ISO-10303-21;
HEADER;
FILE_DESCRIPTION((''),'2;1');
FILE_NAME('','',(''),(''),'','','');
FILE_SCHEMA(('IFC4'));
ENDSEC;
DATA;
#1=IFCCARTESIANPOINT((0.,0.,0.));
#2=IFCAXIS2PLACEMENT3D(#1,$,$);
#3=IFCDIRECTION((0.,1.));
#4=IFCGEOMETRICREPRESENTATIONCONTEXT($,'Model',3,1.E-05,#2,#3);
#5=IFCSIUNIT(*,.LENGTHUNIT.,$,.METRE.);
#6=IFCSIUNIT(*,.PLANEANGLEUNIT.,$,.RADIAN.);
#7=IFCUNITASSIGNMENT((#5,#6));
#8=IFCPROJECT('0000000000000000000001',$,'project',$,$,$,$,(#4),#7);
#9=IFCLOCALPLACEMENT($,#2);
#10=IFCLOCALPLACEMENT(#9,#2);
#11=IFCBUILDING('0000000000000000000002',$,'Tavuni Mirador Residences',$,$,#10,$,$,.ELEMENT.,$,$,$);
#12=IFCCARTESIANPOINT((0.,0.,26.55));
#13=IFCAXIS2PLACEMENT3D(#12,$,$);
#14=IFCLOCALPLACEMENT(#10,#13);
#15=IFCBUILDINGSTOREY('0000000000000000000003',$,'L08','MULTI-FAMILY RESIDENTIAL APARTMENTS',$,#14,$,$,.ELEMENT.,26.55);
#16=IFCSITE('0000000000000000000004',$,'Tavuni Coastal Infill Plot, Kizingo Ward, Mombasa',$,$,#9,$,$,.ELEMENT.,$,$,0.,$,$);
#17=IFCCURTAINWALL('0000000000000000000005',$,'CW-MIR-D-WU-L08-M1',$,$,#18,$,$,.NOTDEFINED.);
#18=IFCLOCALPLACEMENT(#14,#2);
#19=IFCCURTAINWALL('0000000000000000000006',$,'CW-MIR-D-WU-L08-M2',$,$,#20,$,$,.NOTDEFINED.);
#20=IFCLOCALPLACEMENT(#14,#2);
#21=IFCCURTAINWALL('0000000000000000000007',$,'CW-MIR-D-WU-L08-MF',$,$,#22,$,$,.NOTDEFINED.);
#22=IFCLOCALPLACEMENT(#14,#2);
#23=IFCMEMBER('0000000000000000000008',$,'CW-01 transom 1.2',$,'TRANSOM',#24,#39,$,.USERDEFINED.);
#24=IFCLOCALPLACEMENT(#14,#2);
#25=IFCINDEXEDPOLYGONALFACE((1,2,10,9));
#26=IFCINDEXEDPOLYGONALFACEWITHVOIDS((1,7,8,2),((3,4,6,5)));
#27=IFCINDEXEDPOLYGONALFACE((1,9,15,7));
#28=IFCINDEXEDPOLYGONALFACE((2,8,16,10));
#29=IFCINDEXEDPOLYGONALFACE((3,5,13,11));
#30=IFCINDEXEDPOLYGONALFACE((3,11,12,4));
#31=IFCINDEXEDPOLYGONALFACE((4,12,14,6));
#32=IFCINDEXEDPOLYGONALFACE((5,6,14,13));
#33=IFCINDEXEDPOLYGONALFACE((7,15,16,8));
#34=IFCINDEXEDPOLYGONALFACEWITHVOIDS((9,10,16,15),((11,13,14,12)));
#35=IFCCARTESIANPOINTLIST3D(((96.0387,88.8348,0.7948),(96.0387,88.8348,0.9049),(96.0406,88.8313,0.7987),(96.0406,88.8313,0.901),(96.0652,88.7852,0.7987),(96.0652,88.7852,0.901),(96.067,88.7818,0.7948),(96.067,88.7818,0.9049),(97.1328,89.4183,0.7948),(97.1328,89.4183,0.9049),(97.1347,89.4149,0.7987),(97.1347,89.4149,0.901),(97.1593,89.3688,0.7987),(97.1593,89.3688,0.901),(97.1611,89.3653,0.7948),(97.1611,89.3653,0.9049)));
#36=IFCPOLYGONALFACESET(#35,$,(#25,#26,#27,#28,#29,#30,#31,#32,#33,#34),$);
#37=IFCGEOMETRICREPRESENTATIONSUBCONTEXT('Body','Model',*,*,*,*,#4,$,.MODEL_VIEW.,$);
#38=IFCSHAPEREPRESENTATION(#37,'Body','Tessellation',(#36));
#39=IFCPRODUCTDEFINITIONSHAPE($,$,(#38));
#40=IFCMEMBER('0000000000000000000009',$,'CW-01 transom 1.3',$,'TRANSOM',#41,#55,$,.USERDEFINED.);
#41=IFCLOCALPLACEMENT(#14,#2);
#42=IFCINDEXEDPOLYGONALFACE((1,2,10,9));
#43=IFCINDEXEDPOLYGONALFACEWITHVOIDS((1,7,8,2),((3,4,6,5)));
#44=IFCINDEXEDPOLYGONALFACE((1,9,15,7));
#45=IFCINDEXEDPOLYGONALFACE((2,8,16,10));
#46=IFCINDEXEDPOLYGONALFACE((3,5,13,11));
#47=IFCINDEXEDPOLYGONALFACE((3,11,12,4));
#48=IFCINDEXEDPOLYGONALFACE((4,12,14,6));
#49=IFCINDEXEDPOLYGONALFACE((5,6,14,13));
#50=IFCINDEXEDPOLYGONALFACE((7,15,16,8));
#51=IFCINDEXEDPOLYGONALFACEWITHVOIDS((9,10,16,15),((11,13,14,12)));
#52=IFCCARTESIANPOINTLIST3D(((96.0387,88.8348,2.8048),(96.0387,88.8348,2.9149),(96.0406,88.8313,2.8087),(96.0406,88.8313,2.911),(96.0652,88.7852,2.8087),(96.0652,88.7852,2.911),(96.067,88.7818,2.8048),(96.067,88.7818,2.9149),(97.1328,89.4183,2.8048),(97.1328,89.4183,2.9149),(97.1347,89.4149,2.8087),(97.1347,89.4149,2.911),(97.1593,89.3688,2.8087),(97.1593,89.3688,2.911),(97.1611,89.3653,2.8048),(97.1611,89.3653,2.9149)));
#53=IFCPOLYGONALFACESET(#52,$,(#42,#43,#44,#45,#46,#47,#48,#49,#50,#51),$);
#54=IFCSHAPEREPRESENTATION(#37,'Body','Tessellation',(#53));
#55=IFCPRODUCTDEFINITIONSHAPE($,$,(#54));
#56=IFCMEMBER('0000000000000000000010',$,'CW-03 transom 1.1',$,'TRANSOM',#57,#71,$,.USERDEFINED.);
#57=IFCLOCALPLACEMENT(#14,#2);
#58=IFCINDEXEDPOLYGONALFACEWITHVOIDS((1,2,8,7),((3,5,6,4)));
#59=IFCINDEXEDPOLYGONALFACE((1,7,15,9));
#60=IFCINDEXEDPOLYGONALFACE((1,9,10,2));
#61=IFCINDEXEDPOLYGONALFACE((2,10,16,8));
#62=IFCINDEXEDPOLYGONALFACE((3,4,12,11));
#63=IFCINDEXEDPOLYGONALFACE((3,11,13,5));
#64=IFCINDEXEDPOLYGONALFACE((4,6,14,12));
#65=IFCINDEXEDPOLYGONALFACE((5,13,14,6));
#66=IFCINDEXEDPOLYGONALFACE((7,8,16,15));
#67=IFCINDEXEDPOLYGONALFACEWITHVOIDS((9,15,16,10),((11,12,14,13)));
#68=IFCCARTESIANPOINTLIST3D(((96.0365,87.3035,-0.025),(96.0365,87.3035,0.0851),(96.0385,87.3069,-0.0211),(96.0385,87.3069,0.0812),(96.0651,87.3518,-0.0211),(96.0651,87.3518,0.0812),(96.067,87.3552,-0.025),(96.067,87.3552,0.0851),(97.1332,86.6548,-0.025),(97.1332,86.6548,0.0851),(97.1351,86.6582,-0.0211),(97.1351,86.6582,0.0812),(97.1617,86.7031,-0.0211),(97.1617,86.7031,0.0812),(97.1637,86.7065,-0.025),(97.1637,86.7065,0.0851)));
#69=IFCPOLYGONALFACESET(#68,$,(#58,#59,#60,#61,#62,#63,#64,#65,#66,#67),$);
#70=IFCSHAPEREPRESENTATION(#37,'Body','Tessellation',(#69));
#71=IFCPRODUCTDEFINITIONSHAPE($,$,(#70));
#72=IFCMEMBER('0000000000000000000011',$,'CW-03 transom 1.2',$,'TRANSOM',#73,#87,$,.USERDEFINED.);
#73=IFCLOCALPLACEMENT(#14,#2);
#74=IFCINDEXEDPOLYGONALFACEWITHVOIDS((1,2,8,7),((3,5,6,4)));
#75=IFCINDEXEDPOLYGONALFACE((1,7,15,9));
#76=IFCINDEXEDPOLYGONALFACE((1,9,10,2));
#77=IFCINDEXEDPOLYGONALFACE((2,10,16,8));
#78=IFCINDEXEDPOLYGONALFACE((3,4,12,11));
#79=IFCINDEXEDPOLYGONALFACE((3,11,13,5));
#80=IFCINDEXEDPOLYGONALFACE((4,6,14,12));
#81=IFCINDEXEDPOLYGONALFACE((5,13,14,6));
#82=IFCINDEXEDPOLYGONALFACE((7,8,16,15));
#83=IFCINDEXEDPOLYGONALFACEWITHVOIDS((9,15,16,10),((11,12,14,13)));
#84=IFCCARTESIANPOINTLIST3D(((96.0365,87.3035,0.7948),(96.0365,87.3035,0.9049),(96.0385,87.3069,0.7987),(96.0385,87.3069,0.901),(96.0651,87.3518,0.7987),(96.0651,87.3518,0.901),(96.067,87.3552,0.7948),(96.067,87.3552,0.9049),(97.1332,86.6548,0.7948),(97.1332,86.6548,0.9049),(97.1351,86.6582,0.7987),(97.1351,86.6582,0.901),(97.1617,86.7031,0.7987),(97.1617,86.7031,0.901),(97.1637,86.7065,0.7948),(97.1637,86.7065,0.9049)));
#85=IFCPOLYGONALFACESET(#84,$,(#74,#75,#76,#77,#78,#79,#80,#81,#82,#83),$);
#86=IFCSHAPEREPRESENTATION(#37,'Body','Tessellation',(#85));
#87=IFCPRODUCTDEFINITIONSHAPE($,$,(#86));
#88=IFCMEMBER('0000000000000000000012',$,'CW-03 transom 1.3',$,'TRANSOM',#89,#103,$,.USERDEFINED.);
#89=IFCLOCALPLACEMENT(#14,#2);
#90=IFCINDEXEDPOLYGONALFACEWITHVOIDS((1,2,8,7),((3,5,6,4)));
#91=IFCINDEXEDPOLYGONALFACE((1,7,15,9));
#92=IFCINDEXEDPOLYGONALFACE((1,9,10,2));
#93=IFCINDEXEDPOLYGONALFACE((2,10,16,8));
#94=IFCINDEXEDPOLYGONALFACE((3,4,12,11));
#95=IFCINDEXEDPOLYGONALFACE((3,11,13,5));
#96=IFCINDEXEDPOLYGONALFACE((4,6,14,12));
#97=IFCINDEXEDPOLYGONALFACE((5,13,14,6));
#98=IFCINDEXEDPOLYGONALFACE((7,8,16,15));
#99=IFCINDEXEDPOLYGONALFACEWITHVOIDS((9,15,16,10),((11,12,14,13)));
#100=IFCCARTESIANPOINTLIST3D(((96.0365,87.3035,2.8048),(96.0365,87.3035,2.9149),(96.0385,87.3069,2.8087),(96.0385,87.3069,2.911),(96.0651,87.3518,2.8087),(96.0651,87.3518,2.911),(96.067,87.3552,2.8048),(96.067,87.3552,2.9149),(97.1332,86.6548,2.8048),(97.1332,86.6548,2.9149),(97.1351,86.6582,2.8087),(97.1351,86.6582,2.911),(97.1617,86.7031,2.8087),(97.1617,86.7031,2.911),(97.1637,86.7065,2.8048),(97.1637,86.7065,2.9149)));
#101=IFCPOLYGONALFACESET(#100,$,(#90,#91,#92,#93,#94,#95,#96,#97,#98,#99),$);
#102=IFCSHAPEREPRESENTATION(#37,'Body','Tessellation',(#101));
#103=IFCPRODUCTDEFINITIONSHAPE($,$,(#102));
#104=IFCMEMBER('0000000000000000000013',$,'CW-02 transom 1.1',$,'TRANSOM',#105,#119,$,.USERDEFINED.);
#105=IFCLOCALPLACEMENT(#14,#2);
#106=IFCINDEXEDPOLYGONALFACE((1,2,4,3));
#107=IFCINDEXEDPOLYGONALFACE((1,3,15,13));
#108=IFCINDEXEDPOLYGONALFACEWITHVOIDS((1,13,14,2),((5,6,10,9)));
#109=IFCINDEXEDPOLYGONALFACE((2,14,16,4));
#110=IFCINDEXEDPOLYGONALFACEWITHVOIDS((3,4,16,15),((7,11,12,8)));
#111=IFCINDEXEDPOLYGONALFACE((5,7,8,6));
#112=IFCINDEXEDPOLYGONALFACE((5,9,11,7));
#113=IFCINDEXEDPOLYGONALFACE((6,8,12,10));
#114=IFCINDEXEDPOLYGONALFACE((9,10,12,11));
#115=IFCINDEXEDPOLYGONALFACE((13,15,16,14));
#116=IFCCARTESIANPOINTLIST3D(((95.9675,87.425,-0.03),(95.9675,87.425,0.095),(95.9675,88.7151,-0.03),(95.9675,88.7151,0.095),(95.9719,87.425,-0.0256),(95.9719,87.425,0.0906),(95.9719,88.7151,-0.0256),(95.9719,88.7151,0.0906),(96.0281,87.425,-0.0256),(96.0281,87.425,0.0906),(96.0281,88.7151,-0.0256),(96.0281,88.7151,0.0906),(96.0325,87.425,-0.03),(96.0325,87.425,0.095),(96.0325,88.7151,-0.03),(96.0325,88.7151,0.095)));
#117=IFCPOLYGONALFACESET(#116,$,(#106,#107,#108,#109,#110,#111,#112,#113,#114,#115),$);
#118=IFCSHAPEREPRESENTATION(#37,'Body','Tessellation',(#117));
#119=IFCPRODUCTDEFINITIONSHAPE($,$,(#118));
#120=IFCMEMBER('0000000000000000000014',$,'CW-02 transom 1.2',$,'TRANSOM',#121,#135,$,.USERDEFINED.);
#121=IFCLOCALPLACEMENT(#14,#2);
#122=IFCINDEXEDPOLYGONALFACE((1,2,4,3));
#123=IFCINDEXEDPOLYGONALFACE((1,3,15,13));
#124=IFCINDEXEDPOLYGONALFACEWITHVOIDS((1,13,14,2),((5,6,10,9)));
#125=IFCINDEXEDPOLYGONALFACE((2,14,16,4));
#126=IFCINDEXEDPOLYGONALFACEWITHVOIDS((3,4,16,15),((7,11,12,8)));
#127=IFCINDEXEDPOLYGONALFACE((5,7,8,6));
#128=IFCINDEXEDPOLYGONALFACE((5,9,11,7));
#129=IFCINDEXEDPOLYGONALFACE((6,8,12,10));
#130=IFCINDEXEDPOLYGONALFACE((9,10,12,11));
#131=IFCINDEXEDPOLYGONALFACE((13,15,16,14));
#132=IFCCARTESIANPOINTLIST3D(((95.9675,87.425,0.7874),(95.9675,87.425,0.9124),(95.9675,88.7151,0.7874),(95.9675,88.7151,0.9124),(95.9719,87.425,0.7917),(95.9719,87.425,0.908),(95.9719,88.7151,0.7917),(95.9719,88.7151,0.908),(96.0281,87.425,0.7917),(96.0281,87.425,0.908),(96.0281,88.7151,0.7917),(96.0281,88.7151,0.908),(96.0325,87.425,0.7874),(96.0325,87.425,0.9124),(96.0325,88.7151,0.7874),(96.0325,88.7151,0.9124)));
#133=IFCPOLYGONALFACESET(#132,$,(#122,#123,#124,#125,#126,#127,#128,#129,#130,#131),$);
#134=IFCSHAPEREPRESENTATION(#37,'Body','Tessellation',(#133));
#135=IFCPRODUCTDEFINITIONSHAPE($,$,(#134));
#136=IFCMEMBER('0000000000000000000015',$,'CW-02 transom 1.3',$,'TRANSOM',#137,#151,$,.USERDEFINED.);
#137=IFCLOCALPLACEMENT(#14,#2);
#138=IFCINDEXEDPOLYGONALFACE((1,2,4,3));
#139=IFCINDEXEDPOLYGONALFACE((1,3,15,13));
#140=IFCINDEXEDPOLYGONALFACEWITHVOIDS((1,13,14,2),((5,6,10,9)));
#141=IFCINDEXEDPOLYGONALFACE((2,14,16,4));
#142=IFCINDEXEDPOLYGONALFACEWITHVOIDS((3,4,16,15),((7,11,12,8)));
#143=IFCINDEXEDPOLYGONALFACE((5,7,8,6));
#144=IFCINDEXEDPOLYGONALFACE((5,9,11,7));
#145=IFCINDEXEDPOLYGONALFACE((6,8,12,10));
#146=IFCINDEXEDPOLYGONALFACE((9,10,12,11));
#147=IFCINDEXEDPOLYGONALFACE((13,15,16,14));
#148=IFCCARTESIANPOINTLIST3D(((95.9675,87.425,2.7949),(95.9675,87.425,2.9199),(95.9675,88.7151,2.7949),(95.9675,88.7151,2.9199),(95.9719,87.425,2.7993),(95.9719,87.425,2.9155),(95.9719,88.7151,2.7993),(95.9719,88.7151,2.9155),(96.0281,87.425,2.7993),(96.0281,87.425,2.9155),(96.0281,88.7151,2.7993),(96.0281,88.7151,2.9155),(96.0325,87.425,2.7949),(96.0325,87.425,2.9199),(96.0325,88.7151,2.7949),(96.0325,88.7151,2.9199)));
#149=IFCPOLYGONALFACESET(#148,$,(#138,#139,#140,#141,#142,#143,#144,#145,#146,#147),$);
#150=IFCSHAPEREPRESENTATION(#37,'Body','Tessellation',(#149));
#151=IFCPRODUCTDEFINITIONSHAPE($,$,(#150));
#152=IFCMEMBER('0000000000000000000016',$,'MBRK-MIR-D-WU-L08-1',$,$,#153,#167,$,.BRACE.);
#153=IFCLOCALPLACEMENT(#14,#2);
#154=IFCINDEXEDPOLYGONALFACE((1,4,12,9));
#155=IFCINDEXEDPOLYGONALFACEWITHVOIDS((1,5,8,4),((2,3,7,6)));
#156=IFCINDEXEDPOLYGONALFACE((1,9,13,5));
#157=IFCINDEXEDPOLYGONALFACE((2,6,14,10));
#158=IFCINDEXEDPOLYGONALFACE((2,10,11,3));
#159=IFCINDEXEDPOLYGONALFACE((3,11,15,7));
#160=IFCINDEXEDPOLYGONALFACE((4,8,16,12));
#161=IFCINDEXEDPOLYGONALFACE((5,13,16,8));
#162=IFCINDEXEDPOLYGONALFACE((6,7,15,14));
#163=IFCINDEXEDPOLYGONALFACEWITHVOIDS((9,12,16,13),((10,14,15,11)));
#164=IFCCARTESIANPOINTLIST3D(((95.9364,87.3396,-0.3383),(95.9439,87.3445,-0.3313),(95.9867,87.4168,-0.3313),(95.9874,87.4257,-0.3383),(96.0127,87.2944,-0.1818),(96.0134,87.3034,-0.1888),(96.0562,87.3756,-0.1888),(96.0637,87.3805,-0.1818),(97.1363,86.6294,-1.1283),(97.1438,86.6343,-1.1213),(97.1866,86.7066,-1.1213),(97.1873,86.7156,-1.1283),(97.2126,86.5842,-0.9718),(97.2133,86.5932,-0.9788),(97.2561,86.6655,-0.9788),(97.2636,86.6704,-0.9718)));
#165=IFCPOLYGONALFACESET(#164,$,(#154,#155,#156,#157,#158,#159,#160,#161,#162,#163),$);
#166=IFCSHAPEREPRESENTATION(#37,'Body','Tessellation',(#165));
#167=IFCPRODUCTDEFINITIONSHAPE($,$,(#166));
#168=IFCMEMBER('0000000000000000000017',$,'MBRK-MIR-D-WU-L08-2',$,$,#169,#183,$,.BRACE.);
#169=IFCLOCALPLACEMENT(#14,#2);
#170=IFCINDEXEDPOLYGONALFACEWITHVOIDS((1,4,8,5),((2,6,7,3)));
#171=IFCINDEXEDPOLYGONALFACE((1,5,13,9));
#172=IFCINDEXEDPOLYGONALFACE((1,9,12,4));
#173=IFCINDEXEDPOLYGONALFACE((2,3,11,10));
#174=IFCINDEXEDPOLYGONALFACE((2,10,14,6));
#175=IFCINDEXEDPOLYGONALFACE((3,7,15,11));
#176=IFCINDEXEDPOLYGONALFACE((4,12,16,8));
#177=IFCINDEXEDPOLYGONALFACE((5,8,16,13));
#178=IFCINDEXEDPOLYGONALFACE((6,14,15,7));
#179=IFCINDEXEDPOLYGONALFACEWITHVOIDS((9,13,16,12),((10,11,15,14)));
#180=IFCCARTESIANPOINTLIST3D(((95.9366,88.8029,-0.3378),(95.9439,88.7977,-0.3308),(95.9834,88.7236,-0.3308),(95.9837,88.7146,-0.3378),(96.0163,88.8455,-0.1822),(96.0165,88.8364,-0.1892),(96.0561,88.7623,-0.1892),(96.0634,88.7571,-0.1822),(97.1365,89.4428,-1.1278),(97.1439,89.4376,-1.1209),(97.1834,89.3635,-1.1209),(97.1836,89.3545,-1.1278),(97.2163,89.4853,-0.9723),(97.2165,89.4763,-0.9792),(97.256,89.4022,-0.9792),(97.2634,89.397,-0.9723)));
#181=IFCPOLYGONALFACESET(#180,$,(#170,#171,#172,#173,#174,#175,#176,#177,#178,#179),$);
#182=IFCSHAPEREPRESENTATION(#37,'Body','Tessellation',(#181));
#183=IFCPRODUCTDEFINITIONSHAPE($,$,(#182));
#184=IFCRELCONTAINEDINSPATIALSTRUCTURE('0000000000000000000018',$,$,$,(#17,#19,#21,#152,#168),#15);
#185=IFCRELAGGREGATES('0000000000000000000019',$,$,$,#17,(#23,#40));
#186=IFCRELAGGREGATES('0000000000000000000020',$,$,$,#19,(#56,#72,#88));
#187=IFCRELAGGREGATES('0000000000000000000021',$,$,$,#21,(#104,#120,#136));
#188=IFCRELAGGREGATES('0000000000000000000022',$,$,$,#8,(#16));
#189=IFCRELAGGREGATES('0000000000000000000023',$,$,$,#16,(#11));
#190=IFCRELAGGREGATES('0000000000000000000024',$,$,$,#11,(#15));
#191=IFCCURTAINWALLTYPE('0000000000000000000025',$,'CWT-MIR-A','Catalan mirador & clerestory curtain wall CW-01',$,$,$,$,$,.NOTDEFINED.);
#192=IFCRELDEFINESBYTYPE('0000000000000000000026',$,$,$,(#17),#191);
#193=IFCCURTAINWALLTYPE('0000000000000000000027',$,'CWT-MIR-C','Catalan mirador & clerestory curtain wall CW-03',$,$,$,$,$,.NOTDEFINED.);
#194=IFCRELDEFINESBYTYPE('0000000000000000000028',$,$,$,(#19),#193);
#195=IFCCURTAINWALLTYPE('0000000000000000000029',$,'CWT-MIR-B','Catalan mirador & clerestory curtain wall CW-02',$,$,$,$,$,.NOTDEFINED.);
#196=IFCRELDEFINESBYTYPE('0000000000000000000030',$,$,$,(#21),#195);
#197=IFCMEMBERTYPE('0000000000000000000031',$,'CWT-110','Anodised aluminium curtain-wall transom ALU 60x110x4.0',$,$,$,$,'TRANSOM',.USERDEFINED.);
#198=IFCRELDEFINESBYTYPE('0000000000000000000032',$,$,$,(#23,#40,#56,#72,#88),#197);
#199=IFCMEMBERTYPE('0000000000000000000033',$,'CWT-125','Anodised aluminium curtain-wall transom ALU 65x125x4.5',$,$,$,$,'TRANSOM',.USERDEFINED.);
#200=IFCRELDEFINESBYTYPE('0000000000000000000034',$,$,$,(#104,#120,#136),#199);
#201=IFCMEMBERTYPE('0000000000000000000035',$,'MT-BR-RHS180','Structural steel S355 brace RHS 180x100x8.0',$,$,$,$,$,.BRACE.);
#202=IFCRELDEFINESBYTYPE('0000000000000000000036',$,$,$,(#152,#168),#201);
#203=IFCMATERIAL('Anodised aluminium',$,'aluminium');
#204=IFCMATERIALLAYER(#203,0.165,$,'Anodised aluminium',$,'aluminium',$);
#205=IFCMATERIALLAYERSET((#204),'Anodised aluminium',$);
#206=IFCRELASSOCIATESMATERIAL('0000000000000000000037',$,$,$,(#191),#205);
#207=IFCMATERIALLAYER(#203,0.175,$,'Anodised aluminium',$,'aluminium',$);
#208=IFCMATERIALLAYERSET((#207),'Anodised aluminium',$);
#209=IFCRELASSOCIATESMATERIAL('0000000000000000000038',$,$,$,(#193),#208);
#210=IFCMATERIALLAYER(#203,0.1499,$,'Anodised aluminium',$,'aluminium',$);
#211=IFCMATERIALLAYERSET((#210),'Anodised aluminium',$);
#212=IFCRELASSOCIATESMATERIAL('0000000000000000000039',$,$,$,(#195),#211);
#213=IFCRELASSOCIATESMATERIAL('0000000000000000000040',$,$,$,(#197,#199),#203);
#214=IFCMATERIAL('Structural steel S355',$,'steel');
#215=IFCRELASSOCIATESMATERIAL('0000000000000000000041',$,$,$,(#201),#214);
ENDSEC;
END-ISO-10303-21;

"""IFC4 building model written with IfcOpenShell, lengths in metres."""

from ifc_helpers import new_model, si_unit, direction, frame, origin, origin_2d, place, context, subcontext, project, spatial, hollow_rectangle, extrude, material, layer, layer_set, material_profile, profile_set, type_object, element, aggregate, save


model = new_model("IFC4")

# Units and contexts
model_context = context("Model", 3, precision=1e-05, world=origin(), true_north=direction((0.0, 1.0)))
body_context = subcontext(model_context, "Body", "Model", "MODEL_VIEW")
ifc_project = project(units=[si_unit("LENGTHUNIT", "METRE"), si_unit("PLANEANGLEUNIT", "RADIAN")], contexts=[model_context])

# Site, building, storey
site_placement = place(None, origin())
site = spatial("IfcSite", under=ifc_project, at=site_placement, Name="Tavuni Coastal Infill Plot, Kizingo Ward, Mombasa", CompositionType="ELEMENT", RefElevation=0.0)
building_placement = place(site_placement, origin())
building = spatial("IfcBuilding", under=site, at=building_placement, Name="Tavuni Mirador Residences", CompositionType="ELEMENT")
storey_placement = place(building_placement, frame((0.0, 0.0, 26.55)))
storey = spatial("IfcBuildingStorey", under=building, at=storey_placement, Name="L08", Description="MULTI-FAMILY RESIDENTIAL APARTMENTS", CompositionType="ELEMENT", Elevation=26.55)

# Curtain walls
ifc_material_1 = material(Name="Anodised aluminium", Category="aluminium")
ifc_layer_1 = layer(ifc_material_1, 0.165, Name="Anodised aluminium", Category="aluminium")
ifc_layer_set_1 = layer_set([ifc_layer_1], Name="Anodised aluminium")
curtain_wall_type_1 = type_object("IfcCurtainWallType", Name="CWT-MIR-A", Description="Catalan mirador & clerestory curtain wall CW-01", PredefinedType="NOTDEFINED", material=ifc_layer_set_1)
curtain_wall_1_placement = place(storey_placement, origin())
curtain_wall_1 = element("IfcCurtainWall", 1, at=curtain_wall_1_placement, inside=storey, type_object=curtain_wall_type_1, Name="CW-MIR-D-WU-L08-M1", PredefinedType="NOTDEFINED")
ifc_layer_2 = layer(ifc_material_1, 0.175, Name="Anodised aluminium", Category="aluminium")
ifc_layer_set_2 = layer_set([ifc_layer_2], Name="Anodised aluminium")
curtain_wall_type_2 = type_object("IfcCurtainWallType", Name="CWT-MIR-C", Description="Catalan mirador & clerestory curtain wall CW-03", PredefinedType="NOTDEFINED", material=ifc_layer_set_2)
curtain_wall_2_placement = place(storey_placement, origin())
curtain_wall_2 = element("IfcCurtainWall", 2, at=curtain_wall_2_placement, inside=storey, type_object=curtain_wall_type_2, Name="CW-MIR-D-WU-L08-M2", PredefinedType="NOTDEFINED")
ifc_layer_3 = layer(ifc_material_1, 0.1499, Name="Anodised aluminium", Category="aluminium")
ifc_layer_set_3 = layer_set([ifc_layer_3], Name="Anodised aluminium")
curtain_wall_type_3 = type_object("IfcCurtainWallType", Name="CWT-MIR-B", Description="Catalan mirador & clerestory curtain wall CW-02", PredefinedType="NOTDEFINED", material=ifc_layer_set_3)
curtain_wall_3_placement = place(storey_placement, origin())
curtain_wall_3 = element("IfcCurtainWall", 3, at=curtain_wall_3_placement, inside=storey, type_object=curtain_wall_type_3, Name="CW-MIR-D-WU-L08-MF", PredefinedType="NOTDEFINED")

# Members
ifc_material_profile_1 = material_profile(ifc_material_1, hollow_rectangle(XDim=0.0601, YDim=0.1101, WallThickness=0.0039, at=origin_2d()), Name="ALU 60x110x4.0", Category="aluminium")
ifc_profile_set_1 = profile_set([ifc_material_profile_1], Name="Anodised aluminium")
member_type_1 = type_object("IfcMemberType", Name="CWT-110", Description="Anodised aluminium curtain-wall transom ALU 60x110x4.0", ElementType="TRANSOM", PredefinedType="USERDEFINED", material=ifc_profile_set_1)
member_1_placement = place(storey_placement, frame((97.147, 89.3918, 0.8499), z_axis=(-0.882342, -0.470609, 0.0), x_axis=(0.470609, -0.882342, 0.0)))
member_1 = element("IfcMember", 4, at=member_1_placement, type_object=member_type_1, Name="CW-01 transom 1.2", ObjectType="TRANSOM", PredefinedType="USERDEFINED", context=body_context, shape_type="SweptSolid", body=[
    extrude(hollow_rectangle(XDim=0.0601, YDim=0.1101, WallThickness=0.0039, at=origin_2d()), origin(), (0.0, 0.0, 1.0), 1.24),
])
member_2_placement = place(storey_placement, frame((97.147, 89.3918, 2.8599), z_axis=(-0.882342, -0.470609, 0.0), x_axis=(0.470609, -0.882342, 0.0)))
member_2 = element("IfcMember", 5, at=member_2_placement, type_object=member_type_1, Name="CW-01 transom 1.3", ObjectType="TRANSOM", PredefinedType="USERDEFINED", context=body_context, shape_type="SweptSolid", body=[
    extrude(hollow_rectangle(XDim=0.0601, YDim=0.1101, WallThickness=0.0039, at=origin_2d()), origin(), (0.0, 0.0, 1.0), 1.24),
])
member_3_placement = place(storey_placement, frame((96.0518, 87.3293, 0.03), z_axis=(0.860705, -0.509104, 0.0), x_axis=(0.509104, 0.860705, 0.0)))
member_3 = element("IfcMember", 6, at=member_3_placement, type_object=member_type_1, Name="CW-03 transom 1.1", ObjectType="TRANSOM", PredefinedType="USERDEFINED", context=body_context, shape_type="SweptSolid", body=[
    extrude(hollow_rectangle(XDim=0.0601, YDim=0.1101, WallThickness=0.0039, at=origin_2d()), origin(), (0.0, 0.0, 1.0), 1.2742),
])
member_4_placement = place(storey_placement, frame((96.0518, 87.3293, 0.8499), z_axis=(0.860705, -0.509104, 0.0), x_axis=(0.509104, 0.860705, 0.0)))
member_4 = element("IfcMember", 7, at=member_4_placement, type_object=member_type_1, Name="CW-03 transom 1.2", ObjectType="TRANSOM", PredefinedType="USERDEFINED", context=body_context, shape_type="SweptSolid", body=[
    extrude(hollow_rectangle(XDim=0.0601, YDim=0.1101, WallThickness=0.0039, at=origin_2d()), origin(), (0.0, 0.0, 1.0), 1.2742),
])
member_5_placement = place(storey_placement, frame((96.0518, 87.3293, 2.8599), z_axis=(0.860705, -0.509104, 0.0), x_axis=(0.509104, 0.860705, 0.0)))
member_5 = element("IfcMember", 8, at=member_5_placement, type_object=member_type_1, Name="CW-03 transom 1.3", ObjectType="TRANSOM", PredefinedType="USERDEFINED", context=body_context, shape_type="SweptSolid", body=[
    extrude(hollow_rectangle(XDim=0.0601, YDim=0.1101, WallThickness=0.0039, at=origin_2d()), origin(), (0.0, 0.0, 1.0), 1.2742),
])
ifc_material_profile_2 = material_profile(ifc_material_1, hollow_rectangle(XDim=0.0649, YDim=0.125, WallThickness=0.0044, at=origin_2d()), Name="ALU 65x125x4.5", Category="aluminium")
ifc_profile_set_2 = profile_set([ifc_material_profile_2], Name="Anodised aluminium")
member_type_2 = type_object("IfcMemberType", Name="CWT-125", Description="Anodised aluminium curtain-wall transom ALU 65x125x4.5", ElementType="TRANSOM", PredefinedType="USERDEFINED", material=ifc_profile_set_2)
member_6_placement = place(storey_placement, frame((96.0, 88.7151, 0.0325), z_axis=(0.0, -1.0, 0.0), x_axis=(1.0, 0.0, 0.0)))
member_6 = element("IfcMember", 9, at=member_6_placement, type_object=member_type_2, Name="CW-02 transom 1.1", ObjectType="TRANSOM", PredefinedType="USERDEFINED", context=body_context, shape_type="SweptSolid", body=[
    extrude(hollow_rectangle(XDim=0.0649, YDim=0.125, WallThickness=0.0044, at=origin_2d()), origin(), (0.0, 0.0, 1.0), 1.29),
])
member_7_placement = place(storey_placement, frame((96.0, 88.7151, 0.8499), z_axis=(0.0, -1.0, 0.0), x_axis=(1.0, 0.0, 0.0)))
member_7 = element("IfcMember", 10, at=member_7_placement, type_object=member_type_2, Name="CW-02 transom 1.2", ObjectType="TRANSOM", PredefinedType="USERDEFINED", context=body_context, shape_type="SweptSolid", body=[
    extrude(hollow_rectangle(XDim=0.0649, YDim=0.125, WallThickness=0.0044, at=origin_2d()), origin(), (0.0, 0.0, 1.0), 1.29),
])
member_8_placement = place(storey_placement, frame((96.0, 88.7151, 2.8574), z_axis=(0.0, -1.0, 0.0), x_axis=(1.0, 0.0, 0.0)))
member_8 = element("IfcMember", 11, at=member_8_placement, type_object=member_type_2, Name="CW-02 transom 1.3", ObjectType="TRANSOM", PredefinedType="USERDEFINED", context=body_context, shape_type="SweptSolid", body=[
    extrude(hollow_rectangle(XDim=0.0649, YDim=0.125, WallThickness=0.0044, at=origin_2d()), origin(), (0.0, 0.0, 1.0), 1.29),
])

# Members
ifc_material_2 = material(Name="Structural steel S355", Category="steel")
ifc_material_profile_3 = material_profile(ifc_material_2, hollow_rectangle(XDim=0.1001, YDim=0.1799, WallThickness=0.0081, at=origin_2d()), Name="RHS 180x100x8.0", Category="steel")
ifc_profile_set_3 = profile_set([ifc_material_profile_3], Name="Structural steel S355")
member_type_3 = type_object("IfcMemberType", Name="MT-BR-RHS180", Description="Structural steel S355 brace RHS 180x100x8.0", PredefinedType="BRACE", material=ifc_profile_set_3)
member_9_placement = place(storey_placement, frame((97.2, 86.6499, -1.05), z_axis=(-0.748737, 0.443149, 0.492963), x_axis=(-0.509337, -0.860567, 0.0)))
element("IfcMember", 12, at=member_9_placement, inside=storey, type_object=member_type_3, Name="MBRK-MIR-D-WU-L08-1", PredefinedType="BRACE", context=body_context, shape_type="SweptSolid", body=[
    extrude(hollow_rectangle(XDim=0.1001, YDim=0.1799, WallThickness=0.0081, at=origin_2d()), origin(), (0.0, 0.0, 1.0), 1.6025),
])
member_10_placement = place(storey_placement, frame((97.2, 89.4199, -1.05), z_axis=(-0.762969, -0.406865, 0.502333), x_axis=(0.470542, -0.882378, 0.0)))
element("IfcMember", 13, at=member_10_placement, inside=storey, type_object=member_type_3, Name="MBRK-MIR-D-WU-L08-2", PredefinedType="BRACE", context=body_context, shape_type="SweptSolid", body=[
    extrude(hollow_rectangle(XDim=0.1001, YDim=0.1799, WallThickness=0.0081, at=origin_2d()), origin(), (0.0, 0.0, 1.0), 1.5728),
])

aggregate(curtain_wall_1, [member_1, member_2])
aggregate(curtain_wall_2, [member_3, member_4, member_5])
aggregate(curtain_wall_3, [member_6, member_7, member_8])

save(model, "model.ifc")
